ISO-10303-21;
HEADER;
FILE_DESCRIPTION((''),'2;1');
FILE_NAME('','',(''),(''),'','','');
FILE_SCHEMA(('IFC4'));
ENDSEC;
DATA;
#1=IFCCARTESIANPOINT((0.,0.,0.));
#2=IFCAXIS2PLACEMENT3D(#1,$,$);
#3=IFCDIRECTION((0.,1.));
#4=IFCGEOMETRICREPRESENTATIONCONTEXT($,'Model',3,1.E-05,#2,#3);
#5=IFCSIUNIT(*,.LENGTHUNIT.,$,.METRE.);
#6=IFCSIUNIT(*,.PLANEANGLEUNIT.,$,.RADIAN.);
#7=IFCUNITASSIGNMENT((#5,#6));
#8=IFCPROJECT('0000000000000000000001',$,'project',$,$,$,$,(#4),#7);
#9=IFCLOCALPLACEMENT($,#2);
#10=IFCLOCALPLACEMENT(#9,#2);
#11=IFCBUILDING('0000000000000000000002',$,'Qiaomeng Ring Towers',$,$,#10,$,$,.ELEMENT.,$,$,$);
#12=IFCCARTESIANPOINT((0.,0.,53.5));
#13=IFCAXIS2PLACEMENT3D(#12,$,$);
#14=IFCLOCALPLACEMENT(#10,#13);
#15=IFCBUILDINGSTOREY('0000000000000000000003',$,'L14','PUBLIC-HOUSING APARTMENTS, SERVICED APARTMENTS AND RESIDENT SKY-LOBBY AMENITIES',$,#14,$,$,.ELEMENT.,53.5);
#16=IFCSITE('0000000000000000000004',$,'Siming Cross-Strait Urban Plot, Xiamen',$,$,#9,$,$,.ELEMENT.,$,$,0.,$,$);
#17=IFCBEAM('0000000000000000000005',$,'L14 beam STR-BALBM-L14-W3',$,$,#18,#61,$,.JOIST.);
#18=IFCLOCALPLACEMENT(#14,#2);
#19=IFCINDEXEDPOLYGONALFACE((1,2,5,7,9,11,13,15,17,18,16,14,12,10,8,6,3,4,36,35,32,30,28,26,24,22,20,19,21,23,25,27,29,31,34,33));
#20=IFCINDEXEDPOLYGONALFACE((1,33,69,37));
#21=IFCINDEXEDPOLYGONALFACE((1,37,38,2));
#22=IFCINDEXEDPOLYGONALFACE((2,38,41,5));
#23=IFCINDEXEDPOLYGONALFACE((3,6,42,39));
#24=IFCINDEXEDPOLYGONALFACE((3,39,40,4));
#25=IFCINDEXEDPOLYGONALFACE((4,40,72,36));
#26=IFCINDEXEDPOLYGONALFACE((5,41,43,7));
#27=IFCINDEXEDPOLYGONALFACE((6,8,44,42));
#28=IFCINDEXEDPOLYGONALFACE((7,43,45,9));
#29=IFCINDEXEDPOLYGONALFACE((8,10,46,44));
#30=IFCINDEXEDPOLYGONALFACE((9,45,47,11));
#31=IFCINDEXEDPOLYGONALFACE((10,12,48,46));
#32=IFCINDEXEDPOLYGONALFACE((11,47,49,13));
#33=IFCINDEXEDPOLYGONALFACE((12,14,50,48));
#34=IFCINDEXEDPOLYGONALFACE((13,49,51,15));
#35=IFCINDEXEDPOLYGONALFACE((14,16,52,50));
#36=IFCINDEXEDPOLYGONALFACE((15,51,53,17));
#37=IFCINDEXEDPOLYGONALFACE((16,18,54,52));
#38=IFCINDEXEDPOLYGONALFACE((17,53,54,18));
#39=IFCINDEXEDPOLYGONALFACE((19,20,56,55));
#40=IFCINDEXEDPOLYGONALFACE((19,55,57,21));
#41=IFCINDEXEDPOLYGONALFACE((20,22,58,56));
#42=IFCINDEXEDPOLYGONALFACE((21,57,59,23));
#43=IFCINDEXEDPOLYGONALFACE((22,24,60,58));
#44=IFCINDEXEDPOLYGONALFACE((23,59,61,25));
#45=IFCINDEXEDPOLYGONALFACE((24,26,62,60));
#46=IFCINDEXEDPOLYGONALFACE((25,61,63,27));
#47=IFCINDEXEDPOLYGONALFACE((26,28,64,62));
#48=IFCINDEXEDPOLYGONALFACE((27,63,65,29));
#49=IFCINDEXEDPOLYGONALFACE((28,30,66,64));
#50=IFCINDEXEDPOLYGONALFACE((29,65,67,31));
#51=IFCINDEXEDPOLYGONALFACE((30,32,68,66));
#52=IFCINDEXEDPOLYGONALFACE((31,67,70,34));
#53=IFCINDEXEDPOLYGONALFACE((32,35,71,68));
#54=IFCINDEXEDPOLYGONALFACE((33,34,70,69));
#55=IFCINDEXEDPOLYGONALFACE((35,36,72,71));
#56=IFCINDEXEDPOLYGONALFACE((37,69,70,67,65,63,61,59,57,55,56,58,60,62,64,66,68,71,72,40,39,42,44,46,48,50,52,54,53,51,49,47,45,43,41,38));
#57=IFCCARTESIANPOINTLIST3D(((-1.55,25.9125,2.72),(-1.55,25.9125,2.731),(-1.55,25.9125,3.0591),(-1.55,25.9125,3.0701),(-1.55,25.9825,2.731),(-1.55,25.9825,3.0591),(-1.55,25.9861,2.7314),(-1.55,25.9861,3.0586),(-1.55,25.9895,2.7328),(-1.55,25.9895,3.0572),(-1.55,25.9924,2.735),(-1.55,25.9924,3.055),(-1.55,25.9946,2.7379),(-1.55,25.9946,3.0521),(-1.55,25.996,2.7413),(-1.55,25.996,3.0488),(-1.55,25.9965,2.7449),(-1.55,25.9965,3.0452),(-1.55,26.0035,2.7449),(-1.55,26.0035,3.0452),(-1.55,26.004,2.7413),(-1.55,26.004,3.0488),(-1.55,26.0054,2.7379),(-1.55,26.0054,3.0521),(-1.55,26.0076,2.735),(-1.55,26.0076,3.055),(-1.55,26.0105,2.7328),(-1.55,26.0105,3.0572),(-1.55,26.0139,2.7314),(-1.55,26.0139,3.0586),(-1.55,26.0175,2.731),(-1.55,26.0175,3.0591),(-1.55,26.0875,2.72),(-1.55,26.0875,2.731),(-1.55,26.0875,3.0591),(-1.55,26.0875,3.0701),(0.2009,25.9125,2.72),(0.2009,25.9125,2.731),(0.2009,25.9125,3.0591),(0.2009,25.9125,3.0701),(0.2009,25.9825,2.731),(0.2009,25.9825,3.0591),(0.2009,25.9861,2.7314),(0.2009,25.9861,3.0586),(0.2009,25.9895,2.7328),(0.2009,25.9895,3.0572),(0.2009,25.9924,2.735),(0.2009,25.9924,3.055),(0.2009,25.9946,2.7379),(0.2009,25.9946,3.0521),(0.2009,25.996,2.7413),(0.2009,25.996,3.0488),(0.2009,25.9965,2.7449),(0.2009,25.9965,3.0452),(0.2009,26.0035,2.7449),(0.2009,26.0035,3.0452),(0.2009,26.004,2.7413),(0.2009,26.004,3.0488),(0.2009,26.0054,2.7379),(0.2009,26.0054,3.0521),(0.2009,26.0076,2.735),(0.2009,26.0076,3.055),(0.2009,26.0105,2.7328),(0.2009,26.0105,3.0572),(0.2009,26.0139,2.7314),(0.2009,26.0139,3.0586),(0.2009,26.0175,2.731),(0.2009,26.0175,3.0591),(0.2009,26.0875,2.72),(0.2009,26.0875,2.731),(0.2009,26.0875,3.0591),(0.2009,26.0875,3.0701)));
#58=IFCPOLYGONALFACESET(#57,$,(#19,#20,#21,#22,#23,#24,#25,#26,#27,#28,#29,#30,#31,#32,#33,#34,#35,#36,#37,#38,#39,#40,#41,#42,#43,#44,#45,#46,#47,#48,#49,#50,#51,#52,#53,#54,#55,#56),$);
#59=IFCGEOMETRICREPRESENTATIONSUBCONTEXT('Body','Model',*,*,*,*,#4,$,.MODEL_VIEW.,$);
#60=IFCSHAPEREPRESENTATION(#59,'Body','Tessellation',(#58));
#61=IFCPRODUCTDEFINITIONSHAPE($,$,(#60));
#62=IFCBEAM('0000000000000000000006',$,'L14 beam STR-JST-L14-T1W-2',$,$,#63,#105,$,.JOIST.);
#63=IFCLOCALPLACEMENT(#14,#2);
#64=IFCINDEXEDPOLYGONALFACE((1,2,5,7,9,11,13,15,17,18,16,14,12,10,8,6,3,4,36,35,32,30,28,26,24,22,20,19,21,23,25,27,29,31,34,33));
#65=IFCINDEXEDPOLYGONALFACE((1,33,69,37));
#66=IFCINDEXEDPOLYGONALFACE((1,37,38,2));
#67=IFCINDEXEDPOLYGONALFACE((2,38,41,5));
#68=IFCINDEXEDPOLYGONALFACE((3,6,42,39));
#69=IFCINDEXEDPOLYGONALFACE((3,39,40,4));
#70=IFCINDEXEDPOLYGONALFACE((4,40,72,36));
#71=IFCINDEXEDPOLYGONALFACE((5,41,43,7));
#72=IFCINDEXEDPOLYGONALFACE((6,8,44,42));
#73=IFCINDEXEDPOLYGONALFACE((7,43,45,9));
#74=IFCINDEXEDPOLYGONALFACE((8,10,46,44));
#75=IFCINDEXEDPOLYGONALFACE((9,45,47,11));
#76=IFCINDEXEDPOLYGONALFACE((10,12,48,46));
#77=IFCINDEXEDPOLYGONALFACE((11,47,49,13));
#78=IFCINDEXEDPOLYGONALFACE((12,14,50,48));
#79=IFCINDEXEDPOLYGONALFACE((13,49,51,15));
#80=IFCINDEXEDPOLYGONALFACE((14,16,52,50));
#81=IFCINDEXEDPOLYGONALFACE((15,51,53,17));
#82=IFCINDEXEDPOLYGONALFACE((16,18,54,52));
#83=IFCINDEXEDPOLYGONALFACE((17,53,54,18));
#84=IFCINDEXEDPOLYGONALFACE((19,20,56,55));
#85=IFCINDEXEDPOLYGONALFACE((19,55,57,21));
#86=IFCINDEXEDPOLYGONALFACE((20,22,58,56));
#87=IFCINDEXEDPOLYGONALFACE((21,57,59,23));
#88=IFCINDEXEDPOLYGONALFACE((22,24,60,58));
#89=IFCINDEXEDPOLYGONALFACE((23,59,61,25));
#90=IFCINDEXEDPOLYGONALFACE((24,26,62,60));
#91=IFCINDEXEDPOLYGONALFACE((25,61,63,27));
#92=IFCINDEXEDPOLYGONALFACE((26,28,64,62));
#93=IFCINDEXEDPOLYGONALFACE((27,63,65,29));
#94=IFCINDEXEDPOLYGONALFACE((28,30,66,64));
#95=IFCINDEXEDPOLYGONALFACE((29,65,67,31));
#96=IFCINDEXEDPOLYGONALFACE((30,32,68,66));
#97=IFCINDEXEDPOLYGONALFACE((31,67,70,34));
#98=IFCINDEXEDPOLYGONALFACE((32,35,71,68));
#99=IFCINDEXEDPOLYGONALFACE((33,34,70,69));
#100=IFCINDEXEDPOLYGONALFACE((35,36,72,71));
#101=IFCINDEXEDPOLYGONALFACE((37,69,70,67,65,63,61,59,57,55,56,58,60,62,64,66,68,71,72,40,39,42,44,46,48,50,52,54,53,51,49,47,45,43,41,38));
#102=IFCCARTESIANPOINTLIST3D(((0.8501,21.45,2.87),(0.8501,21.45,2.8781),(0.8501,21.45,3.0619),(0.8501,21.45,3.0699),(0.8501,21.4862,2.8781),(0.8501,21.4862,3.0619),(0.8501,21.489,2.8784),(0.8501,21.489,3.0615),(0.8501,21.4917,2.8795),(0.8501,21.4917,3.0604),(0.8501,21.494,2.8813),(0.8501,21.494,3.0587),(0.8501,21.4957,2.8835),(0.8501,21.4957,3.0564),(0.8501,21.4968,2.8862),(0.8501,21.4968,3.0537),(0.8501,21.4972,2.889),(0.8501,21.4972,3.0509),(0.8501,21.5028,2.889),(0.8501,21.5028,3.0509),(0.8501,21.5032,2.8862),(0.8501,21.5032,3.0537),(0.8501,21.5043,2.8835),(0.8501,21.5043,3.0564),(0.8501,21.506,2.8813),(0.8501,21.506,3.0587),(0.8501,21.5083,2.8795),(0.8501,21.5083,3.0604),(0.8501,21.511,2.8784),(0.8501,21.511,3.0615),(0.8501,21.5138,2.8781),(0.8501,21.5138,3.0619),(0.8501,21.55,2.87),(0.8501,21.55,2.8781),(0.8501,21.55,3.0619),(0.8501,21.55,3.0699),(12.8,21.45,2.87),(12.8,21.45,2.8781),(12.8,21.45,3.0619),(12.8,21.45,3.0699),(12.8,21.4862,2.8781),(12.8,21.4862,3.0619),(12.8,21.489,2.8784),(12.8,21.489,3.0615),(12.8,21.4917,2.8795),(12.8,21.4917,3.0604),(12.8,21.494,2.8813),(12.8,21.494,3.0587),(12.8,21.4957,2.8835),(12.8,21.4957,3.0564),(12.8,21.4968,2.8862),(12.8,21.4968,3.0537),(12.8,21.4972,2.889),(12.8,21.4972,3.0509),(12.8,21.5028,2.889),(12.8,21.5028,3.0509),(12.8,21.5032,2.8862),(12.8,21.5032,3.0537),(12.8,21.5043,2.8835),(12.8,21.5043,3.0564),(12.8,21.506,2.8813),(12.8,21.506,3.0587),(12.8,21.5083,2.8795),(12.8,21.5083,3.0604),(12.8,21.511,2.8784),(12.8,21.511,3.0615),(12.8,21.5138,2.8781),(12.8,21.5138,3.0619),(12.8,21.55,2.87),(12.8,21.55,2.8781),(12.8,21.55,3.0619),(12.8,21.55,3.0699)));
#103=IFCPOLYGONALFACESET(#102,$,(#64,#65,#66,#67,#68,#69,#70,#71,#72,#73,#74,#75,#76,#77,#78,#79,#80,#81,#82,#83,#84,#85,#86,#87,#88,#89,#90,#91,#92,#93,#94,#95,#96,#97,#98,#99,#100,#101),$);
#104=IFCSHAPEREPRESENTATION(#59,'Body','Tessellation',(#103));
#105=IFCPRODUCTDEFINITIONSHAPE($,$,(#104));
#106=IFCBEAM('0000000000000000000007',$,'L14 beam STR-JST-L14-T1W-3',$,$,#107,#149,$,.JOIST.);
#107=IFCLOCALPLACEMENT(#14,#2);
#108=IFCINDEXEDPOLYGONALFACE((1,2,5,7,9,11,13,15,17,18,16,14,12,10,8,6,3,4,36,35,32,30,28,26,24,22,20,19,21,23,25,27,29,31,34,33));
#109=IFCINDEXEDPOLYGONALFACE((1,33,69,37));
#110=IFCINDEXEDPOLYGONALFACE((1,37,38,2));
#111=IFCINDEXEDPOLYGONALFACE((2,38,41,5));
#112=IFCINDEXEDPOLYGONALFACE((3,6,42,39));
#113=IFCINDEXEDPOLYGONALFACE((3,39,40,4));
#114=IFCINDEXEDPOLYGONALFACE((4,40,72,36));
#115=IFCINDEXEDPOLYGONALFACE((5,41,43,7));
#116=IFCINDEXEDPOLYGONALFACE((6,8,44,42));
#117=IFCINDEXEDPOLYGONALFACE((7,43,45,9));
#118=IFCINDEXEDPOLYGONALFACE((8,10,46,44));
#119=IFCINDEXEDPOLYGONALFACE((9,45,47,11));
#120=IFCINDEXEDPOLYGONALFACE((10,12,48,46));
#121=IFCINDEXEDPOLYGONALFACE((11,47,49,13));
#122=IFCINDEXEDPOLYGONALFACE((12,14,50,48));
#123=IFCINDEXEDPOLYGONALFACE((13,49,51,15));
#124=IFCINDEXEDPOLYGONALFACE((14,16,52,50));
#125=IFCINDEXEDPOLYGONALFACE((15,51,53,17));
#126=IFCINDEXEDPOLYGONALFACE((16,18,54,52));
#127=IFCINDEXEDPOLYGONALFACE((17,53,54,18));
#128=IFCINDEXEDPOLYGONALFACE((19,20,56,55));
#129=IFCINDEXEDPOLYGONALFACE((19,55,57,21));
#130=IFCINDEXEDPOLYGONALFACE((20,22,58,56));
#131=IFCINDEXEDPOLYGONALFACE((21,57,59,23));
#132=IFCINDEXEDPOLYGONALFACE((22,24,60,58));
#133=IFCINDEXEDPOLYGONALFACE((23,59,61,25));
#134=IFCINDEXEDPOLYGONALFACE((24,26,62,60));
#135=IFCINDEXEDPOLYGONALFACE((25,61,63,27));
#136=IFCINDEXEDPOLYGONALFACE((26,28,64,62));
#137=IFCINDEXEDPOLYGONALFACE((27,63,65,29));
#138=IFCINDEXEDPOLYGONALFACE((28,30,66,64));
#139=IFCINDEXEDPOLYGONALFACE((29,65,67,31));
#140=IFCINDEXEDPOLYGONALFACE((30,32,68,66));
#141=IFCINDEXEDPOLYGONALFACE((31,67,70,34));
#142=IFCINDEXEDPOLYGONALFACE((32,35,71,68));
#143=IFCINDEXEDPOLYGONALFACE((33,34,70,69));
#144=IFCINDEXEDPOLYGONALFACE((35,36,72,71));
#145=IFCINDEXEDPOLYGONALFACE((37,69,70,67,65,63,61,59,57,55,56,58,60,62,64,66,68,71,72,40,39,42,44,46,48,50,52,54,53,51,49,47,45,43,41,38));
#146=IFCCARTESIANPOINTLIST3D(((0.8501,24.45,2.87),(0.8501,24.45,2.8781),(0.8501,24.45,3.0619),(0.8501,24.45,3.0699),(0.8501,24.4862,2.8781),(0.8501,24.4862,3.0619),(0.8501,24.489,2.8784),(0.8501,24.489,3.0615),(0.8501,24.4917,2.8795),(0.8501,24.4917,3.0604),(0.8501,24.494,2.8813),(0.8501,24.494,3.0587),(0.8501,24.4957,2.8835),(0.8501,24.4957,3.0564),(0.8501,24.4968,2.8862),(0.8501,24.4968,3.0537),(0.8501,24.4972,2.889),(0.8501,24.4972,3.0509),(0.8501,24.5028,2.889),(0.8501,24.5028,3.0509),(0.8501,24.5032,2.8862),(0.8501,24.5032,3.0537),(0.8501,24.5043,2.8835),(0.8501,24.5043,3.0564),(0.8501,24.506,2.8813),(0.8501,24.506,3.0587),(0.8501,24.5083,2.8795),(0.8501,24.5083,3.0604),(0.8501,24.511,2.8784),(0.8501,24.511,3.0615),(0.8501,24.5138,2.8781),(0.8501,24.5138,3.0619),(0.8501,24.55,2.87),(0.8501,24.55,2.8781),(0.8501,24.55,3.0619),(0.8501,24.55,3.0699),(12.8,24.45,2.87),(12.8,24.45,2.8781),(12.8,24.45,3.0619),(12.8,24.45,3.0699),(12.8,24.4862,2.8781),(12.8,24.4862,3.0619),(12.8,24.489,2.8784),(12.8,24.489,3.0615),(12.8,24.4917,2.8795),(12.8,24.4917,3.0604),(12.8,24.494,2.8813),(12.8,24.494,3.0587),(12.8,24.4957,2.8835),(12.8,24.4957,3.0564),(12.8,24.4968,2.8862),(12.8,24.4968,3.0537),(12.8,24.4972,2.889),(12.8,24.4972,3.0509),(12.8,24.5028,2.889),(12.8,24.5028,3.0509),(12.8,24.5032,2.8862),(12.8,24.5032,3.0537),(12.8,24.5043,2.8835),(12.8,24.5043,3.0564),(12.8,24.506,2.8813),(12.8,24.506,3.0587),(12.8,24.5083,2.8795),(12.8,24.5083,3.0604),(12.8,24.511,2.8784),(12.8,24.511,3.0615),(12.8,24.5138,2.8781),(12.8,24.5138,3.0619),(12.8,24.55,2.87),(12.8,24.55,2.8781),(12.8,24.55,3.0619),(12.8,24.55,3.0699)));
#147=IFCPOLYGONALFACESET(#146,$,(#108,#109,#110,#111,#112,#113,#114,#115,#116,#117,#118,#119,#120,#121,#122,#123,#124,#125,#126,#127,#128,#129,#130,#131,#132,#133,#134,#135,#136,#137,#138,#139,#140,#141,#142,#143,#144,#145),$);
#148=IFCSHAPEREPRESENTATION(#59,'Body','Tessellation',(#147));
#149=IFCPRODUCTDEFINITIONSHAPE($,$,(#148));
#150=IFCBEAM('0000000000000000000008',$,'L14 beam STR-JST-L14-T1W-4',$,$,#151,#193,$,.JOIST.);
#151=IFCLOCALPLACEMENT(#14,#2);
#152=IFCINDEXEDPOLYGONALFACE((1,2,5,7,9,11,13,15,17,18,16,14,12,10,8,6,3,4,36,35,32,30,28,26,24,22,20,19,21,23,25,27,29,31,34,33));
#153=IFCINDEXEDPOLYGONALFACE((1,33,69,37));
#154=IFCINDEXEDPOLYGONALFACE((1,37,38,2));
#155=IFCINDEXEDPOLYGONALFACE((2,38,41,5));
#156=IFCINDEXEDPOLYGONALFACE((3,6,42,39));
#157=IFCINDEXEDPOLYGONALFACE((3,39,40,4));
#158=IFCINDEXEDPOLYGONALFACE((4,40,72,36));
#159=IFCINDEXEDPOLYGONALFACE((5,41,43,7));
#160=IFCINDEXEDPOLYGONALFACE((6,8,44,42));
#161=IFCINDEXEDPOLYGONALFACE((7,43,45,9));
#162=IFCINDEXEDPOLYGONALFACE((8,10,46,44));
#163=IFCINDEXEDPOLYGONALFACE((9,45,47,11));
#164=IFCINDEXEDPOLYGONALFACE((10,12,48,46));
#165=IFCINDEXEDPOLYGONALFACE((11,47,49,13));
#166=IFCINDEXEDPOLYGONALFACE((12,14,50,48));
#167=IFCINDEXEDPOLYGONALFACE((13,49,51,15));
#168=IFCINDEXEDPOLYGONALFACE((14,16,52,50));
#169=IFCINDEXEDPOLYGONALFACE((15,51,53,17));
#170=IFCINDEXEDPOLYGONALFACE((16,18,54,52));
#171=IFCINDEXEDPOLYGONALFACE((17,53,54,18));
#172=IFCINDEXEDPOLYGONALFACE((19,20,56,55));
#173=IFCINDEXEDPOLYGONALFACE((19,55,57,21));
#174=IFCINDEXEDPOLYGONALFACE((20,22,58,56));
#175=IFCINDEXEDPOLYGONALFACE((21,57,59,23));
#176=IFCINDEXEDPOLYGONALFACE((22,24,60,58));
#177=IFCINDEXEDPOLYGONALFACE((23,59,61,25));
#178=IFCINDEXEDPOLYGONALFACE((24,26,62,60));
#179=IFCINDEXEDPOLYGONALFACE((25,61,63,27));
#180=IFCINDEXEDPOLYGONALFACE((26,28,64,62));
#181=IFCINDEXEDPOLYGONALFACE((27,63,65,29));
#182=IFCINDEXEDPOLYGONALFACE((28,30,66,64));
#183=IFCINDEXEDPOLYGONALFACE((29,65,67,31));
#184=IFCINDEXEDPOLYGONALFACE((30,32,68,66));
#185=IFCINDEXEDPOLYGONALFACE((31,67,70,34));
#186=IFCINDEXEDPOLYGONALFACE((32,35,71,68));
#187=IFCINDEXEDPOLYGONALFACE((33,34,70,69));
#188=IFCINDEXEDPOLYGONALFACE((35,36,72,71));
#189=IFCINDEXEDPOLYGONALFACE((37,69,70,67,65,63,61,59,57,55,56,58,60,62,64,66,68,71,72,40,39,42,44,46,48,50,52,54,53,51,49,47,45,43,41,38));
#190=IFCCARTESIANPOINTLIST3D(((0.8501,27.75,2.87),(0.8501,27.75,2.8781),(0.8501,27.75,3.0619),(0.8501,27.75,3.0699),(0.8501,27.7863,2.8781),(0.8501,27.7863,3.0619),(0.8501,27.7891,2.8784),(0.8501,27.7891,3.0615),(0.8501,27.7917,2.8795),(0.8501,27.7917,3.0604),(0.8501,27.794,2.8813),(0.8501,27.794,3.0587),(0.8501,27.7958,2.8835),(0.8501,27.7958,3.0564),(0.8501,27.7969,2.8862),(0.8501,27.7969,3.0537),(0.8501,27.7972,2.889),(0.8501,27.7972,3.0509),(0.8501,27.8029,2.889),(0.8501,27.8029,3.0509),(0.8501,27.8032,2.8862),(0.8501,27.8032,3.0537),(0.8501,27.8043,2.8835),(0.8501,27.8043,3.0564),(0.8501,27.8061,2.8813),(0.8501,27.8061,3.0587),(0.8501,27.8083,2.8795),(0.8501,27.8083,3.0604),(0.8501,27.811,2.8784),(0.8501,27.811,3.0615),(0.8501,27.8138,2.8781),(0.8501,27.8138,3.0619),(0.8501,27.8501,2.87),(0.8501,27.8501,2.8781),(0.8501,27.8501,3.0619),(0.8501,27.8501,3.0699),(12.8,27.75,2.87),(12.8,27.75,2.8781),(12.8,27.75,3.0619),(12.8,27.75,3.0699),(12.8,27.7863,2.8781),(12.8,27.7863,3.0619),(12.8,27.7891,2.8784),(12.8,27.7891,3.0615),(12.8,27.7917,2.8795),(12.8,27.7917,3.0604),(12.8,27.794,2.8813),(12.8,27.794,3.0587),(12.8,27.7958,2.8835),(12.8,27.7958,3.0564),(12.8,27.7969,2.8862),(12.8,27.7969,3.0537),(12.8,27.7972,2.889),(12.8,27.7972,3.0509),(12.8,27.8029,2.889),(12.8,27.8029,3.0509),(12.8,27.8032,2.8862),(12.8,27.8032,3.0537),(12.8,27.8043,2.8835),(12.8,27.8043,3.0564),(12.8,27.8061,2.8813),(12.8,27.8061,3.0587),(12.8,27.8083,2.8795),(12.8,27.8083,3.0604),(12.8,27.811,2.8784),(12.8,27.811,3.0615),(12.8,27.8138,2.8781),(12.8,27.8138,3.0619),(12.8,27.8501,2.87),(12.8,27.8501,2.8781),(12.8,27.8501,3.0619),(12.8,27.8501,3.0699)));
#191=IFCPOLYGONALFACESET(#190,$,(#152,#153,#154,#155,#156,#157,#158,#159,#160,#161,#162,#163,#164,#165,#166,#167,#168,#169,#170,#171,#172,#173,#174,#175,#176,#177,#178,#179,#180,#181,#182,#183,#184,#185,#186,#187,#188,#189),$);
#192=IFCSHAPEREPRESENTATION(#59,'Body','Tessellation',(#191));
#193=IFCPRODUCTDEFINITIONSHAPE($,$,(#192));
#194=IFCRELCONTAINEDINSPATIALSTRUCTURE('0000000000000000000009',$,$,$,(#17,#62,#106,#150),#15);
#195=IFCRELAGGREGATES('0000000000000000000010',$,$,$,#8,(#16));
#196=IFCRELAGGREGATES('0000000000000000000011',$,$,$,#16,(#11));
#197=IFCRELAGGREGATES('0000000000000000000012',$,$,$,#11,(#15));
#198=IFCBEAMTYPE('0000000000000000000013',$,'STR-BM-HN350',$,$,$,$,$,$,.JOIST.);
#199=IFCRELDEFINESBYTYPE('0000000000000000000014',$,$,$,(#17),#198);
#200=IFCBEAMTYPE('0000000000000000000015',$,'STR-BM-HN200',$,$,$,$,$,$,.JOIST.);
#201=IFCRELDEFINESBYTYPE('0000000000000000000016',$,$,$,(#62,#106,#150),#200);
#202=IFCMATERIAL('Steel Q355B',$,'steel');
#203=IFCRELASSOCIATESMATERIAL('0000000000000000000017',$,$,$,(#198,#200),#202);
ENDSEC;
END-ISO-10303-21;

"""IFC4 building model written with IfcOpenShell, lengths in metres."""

from ifc_helpers import new_model, si_unit, direction, frame, origin, origin_2d, place, context, subcontext, project, spatial, i_section, extrude, source, transform, mapped, material, material_profile, profile_set, type_object, element, save


model = new_model("IFC4")

# Units and contexts
model_context = context("Model", 3, precision=1e-05, world=origin(), true_north=direction((0.0, 1.0)))
body_context = subcontext(model_context, "Body", "Model", "MODEL_VIEW")
ifc_project = project(units=[si_unit("LENGTHUNIT", "METRE"), si_unit("PLANEANGLEUNIT", "RADIAN")], contexts=[model_context])

# Site, building, storey
site_placement = place(None, origin())
site = spatial("IfcSite", under=ifc_project, at=site_placement, Name="Siming Cross-Strait Urban Plot, Xiamen", CompositionType="ELEMENT", RefElevation=0.0)
building_placement = place(site_placement, origin())
building = spatial("IfcBuilding", under=site, at=building_placement, Name="Qiaomeng Ring Towers", CompositionType="ELEMENT")
storey_placement = place(building_placement, frame((0.0, 0.0, 53.5)))
storey = spatial("IfcBuildingStorey", under=building, at=storey_placement, Name="L14", Description="PUBLIC-HOUSING APARTMENTS, SERVICED APARTMENTS AND RESIDENT SKY-LOBBY AMENITIES", CompositionType="ELEMENT", Elevation=53.5)

# Beams
ifc_material_1 = material(Name="Steel Q355B", Category="steel")
ifc_material_profile_1 = material_profile(ifc_material_1, i_section(OverallWidth=0.175, OverallDepth=0.3501, WebThickness=0.0071, FlangeThickness=0.011, FilletRadius=0.0139, at=origin_2d()), Name="HN 350x175x7x11")
ifc_profile_set_1 = profile_set([ifc_material_profile_1], Name="Steel Q355B")
beam_type_1 = type_object("IfcBeamType", Name="STR-BM-HN350", PredefinedType="JOIST", material=ifc_profile_set_1)
shared_shape_1 = source(origin(), body_context, "Body", "SweptSolid", [
    extrude(i_section(OverallWidth=0.175, OverallDepth=0.3501, WebThickness=0.0071, FlangeThickness=0.011, FilletRadius=0.0139, at=origin_2d()), origin(), (0.0, 0.0, 1.0), 1.751),
])
beam_1_placement = place(storey_placement, frame((-1.55, 26.0, 2.895), z_axis=(1.0, 0.0, 0.0), x_axis=(0.0, 1.0, 0.0)))
element("IfcBeam", 1, at=beam_1_placement, inside=storey, type_object=beam_type_1, Name="L14 beam STR-BALBM-L14-W3", PredefinedType="JOIST", context=body_context, shape_type="MappedRepresentation", body=[
    mapped(shared_shape_1, transform((0.0, 0.0, 0.0), x_axis=(1.0, 0.0, 0.0), y_axis=(0.0, 1.0, 0.0), z_axis=(0.0, 0.0, 1.0), scale=1.0)),
])
ifc_material_profile_2 = material_profile(ifc_material_1, i_section(OverallWidth=0.1001, OverallDepth=0.2, WebThickness=0.0056, FlangeThickness=0.0081, FilletRadius=0.011, at=origin_2d()), Name="HN 200x100x5.5x8")
ifc_profile_set_2 = profile_set([ifc_material_profile_2], Name="Steel Q355B")
beam_type_2 = type_object("IfcBeamType", Name="STR-BM-HN200", PredefinedType="JOIST", material=ifc_profile_set_2)
shared_shape_2 = source(origin(), body_context, "Body", "SweptSolid", [
    extrude(i_section(OverallWidth=0.1001, OverallDepth=0.2, WebThickness=0.0056, FlangeThickness=0.0081, FilletRadius=0.011, at=origin_2d()), origin(), (0.0, 0.0, 1.0), 11.95),
])
for number, where, z_axis, x_axis, name in (
    (2, (0.8501, 21.5, 2.97), (1.0, 0.0, 0.0), (0.0, 1.0, 0.0), "L14 beam STR-JST-L14-T1W-2"),
    (3, (0.8501, 24.5, 2.97), (1.0, 0.0, 0.0), (0.0, 1.0, 0.0), "L14 beam STR-JST-L14-T1W-3"),
    (4, (0.8501, 27.8, 2.97), (1.0, 0.0, 0.0), (0.0, 1.0, 0.0), "L14 beam STR-JST-L14-T1W-4"),
):
    element("IfcBeam", number, at=place(storey_placement, frame(where, z_axis=z_axis, x_axis=x_axis)), inside=storey, type_object=beam_type_2, Name=name, PredefinedType="JOIST", context=body_context, shape_type="MappedRepresentation", body=[
        mapped(shared_shape_2, transform((0.0, 0.0, 0.0), x_axis=(1.0, 0.0, 0.0), y_axis=(0.0, 1.0, 0.0), z_axis=(0.0, 0.0, 1.0), scale=1.0)),
    ])

save(model, "model.ifc")
